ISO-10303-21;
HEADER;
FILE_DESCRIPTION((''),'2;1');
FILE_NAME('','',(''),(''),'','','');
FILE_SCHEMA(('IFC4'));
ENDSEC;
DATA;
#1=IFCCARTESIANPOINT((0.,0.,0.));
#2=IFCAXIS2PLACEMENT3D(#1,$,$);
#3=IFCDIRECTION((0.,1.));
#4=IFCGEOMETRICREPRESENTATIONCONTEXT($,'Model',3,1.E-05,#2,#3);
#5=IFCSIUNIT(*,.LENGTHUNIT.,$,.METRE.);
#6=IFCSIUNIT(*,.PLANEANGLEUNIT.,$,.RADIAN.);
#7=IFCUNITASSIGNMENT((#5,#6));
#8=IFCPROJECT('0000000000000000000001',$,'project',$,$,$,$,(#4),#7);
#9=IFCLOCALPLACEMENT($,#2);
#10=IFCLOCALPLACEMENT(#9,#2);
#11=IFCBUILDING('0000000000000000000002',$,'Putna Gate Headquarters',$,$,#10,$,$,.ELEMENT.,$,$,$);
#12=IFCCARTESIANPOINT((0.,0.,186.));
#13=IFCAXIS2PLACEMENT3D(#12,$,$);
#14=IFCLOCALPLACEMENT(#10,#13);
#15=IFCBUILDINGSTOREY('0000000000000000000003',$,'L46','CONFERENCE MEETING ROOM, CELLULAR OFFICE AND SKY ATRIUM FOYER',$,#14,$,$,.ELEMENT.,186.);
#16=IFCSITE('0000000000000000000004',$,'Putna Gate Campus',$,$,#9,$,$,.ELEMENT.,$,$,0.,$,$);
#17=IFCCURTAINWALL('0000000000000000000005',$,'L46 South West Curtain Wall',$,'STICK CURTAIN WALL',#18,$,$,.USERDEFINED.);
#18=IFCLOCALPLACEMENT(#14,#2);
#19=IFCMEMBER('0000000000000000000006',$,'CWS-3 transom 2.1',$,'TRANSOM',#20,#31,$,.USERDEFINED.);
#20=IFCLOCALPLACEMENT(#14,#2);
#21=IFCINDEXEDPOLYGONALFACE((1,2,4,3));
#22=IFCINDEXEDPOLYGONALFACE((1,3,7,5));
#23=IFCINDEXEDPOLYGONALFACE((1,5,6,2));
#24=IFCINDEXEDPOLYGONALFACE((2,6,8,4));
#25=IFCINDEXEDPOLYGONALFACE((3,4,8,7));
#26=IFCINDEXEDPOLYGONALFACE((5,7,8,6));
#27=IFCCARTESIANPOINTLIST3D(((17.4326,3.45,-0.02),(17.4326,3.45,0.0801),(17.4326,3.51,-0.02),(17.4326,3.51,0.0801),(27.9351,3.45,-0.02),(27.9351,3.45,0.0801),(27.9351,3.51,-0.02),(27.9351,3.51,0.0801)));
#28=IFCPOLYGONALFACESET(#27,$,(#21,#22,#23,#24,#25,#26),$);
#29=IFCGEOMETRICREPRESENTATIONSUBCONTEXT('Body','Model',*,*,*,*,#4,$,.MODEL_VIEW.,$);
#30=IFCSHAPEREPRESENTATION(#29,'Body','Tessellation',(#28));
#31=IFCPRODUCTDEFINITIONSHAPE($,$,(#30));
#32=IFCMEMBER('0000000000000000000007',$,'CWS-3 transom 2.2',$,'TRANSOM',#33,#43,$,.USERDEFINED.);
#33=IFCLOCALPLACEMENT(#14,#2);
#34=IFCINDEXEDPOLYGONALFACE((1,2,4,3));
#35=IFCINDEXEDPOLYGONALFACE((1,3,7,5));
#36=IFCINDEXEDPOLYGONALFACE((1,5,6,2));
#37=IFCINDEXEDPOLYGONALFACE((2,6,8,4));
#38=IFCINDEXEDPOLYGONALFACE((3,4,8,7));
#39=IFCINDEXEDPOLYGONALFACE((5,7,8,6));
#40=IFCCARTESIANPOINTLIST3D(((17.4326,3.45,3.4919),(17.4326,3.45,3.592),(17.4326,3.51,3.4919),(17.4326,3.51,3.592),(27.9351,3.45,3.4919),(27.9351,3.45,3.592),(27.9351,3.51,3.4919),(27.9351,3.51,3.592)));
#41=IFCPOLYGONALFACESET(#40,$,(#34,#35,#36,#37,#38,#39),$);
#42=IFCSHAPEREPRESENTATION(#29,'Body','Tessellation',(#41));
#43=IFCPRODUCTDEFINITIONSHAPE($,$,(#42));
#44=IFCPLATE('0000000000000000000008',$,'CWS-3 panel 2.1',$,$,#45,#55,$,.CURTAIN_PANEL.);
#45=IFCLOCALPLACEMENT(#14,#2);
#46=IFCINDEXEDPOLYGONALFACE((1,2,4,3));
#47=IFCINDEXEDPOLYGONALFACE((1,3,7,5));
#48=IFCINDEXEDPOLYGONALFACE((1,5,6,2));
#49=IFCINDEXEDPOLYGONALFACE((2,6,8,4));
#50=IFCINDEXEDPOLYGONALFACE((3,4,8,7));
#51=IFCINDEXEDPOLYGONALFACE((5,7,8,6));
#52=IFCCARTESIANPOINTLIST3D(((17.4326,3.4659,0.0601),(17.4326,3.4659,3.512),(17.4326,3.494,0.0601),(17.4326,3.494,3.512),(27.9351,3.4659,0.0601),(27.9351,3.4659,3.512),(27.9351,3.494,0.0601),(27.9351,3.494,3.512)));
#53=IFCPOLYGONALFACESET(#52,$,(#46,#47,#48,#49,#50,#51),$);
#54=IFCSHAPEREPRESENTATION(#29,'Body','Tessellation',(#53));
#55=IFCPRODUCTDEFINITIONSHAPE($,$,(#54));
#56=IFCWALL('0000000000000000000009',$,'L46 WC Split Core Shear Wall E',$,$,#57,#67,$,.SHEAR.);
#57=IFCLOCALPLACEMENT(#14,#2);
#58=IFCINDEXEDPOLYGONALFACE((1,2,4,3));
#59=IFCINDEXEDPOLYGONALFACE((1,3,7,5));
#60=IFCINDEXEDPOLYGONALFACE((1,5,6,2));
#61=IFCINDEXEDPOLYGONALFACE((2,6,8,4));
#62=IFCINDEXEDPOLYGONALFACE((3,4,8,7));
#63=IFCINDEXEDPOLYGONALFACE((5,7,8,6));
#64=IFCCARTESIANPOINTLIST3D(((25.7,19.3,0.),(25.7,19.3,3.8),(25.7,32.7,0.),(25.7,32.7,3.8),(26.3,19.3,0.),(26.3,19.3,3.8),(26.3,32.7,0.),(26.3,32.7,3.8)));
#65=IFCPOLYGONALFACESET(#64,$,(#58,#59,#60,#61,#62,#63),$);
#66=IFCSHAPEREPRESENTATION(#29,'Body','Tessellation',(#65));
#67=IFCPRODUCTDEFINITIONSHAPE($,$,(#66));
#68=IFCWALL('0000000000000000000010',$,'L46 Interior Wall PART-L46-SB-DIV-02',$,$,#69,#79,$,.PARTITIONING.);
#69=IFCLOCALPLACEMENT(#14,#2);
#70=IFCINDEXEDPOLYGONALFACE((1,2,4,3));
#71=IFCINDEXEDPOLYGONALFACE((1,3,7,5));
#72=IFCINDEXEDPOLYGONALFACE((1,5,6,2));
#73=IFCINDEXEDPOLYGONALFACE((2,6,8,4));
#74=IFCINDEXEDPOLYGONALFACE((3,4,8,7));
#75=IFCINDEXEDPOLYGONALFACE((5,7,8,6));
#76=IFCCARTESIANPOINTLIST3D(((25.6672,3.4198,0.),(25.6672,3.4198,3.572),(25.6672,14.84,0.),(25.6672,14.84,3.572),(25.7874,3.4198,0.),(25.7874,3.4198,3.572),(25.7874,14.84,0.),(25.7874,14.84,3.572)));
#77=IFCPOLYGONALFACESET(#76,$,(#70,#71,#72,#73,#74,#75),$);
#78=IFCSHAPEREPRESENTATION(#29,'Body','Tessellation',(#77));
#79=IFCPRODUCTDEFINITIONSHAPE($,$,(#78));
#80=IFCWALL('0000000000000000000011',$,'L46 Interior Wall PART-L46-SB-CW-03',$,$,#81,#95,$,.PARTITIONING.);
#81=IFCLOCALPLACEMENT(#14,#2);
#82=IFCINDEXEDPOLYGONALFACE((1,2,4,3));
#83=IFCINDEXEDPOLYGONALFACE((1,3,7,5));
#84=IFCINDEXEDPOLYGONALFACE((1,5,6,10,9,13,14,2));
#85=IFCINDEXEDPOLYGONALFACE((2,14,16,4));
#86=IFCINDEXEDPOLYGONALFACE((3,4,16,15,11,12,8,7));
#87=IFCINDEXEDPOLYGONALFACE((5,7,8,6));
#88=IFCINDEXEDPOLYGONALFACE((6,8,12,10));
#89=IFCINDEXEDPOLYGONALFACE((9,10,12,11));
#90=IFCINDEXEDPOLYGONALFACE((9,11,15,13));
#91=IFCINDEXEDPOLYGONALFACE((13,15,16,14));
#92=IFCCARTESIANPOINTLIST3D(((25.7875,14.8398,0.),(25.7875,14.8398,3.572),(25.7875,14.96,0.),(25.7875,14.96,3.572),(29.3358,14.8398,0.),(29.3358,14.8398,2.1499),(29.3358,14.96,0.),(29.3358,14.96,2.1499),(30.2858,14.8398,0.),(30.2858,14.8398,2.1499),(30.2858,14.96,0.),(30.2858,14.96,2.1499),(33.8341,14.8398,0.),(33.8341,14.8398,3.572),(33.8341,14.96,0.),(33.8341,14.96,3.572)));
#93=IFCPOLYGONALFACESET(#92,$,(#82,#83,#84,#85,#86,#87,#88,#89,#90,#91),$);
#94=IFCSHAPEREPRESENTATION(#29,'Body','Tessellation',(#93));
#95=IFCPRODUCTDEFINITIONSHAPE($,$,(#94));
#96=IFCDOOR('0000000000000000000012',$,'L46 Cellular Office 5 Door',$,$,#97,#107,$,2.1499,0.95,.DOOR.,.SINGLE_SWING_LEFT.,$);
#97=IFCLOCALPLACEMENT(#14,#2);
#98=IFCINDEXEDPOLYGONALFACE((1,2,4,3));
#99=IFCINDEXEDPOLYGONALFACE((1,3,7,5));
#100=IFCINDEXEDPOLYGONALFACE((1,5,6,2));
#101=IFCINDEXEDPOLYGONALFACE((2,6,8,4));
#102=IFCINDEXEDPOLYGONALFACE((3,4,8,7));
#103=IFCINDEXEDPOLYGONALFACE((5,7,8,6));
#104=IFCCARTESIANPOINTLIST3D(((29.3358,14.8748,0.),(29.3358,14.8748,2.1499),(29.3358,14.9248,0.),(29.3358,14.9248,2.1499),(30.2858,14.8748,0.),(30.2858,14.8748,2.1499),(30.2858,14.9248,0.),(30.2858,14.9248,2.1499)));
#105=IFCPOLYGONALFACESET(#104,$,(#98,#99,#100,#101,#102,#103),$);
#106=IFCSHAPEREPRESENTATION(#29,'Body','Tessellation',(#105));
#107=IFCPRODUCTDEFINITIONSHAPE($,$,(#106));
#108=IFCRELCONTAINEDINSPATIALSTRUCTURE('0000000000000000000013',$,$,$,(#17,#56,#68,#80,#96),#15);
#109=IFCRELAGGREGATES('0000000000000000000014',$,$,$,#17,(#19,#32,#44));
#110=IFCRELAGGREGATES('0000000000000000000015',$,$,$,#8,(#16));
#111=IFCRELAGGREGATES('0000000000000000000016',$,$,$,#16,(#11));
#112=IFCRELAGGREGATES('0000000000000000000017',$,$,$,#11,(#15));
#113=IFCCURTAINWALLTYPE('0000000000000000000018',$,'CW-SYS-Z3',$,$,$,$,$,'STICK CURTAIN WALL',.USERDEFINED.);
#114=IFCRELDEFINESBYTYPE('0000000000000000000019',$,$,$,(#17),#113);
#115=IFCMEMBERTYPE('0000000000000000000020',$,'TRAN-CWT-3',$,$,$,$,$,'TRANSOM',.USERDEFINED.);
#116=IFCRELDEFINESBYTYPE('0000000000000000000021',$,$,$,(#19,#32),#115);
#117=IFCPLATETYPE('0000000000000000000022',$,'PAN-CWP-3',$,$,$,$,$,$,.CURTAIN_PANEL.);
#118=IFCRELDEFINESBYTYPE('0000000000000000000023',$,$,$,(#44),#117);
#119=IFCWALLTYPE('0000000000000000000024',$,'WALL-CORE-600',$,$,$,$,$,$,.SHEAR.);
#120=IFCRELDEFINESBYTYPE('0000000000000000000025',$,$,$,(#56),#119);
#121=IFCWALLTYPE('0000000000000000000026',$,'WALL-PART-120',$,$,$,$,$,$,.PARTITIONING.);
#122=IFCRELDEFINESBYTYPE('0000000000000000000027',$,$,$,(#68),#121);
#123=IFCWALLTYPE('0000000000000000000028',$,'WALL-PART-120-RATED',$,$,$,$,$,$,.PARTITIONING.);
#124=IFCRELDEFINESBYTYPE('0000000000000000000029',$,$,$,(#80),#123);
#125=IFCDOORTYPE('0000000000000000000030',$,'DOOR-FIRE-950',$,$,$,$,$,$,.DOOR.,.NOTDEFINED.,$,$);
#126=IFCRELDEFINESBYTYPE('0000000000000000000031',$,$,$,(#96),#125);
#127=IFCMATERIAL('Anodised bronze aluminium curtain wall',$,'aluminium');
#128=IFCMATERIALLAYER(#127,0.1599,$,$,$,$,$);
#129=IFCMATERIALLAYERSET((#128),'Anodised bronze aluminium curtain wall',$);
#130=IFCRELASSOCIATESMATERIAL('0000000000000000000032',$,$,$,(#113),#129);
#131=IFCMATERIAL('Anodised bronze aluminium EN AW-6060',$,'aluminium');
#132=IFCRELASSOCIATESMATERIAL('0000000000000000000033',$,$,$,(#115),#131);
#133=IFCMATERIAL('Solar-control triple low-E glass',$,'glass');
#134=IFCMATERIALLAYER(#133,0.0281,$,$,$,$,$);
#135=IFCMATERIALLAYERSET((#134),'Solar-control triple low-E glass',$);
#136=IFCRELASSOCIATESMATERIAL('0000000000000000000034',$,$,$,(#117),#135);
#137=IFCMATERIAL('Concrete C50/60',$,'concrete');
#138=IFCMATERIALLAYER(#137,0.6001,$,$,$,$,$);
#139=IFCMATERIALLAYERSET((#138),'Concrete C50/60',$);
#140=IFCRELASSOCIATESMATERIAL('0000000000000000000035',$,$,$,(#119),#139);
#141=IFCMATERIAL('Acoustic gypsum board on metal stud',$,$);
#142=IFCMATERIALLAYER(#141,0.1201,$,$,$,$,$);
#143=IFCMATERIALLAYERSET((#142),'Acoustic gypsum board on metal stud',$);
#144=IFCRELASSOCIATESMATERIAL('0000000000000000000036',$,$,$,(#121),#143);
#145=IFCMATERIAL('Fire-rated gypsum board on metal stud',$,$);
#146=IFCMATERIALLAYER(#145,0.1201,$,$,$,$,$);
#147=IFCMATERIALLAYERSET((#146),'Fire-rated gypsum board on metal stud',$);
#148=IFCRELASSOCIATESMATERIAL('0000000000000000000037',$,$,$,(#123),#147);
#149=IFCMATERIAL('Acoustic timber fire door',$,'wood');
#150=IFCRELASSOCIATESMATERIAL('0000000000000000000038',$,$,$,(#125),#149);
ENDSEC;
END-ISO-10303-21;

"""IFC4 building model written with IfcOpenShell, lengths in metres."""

from ifc_helpers import new_model, si_unit, direction, frame, frame_2d, origin, origin_2d, place, context, subcontext, project, spatial, rectangle, extrude, material, layer, layer_set, material_profile, profile_set, type_object, element, fill, aggregate, save


model = new_model("IFC4")

# Units and contexts
model_context = context("Model", 3, precision=1e-05, world=origin(), true_north=direction((0.0, 1.0)))
body_context = subcontext(model_context, "Body", "Model", "MODEL_VIEW")
ifc_project = project(units=[si_unit("LENGTHUNIT", "METRE"), si_unit("PLANEANGLEUNIT", "RADIAN")], contexts=[model_context])

# Site, building, storey
site_placement = place(None, origin())
site = spatial("IfcSite", under=ifc_project, at=site_placement, Name="Putna Gate Campus", CompositionType="ELEMENT", RefElevation=0.0)
building_placement = place(site_placement, origin())
building = spatial("IfcBuilding", under=site, at=building_placement, Name="Putna Gate Headquarters", CompositionType="ELEMENT")
storey_placement = place(building_placement, frame((0.0, 0.0, 186.0)))
storey = spatial("IfcBuildingStorey", under=building, at=storey_placement, Name="L46", Description="CONFERENCE MEETING ROOM, CELLULAR OFFICE AND SKY ATRIUM FOYER", CompositionType="ELEMENT", Elevation=186.0)

# Shared definitions
ifc_material_1 = material(Name="Concrete C50/60", Category="concrete")

# Curtain wall, members, plate
ifc_material_2 = material(Name="Anodised bronze aluminium curtain wall", Category="aluminium")
ifc_layer_1 = layer(ifc_material_2, 0.1599)
ifc_layer_set_1 = layer_set([ifc_layer_1], Name="Anodised bronze aluminium curtain wall")
curtain_wall_type = type_object("IfcCurtainWallType", Name="CW-SYS-Z3", ElementType="STICK CURTAIN WALL", PredefinedType="USERDEFINED", material=ifc_layer_set_1)
curtain_wall_placement = place(storey_placement, origin())
curtain_wall = element("IfcCurtainWall", 1, at=curtain_wall_placement, inside=storey, type_object=curtain_wall_type, Name="L46 South West Curtain Wall", ObjectType="STICK CURTAIN WALL", PredefinedType="USERDEFINED")
ifc_material_3 = material(Name="Anodised bronze aluminium EN AW-6060", Category="aluminium")
ifc_material_profile_1 = material_profile(ifc_material_3, rectangle(XDim=0.0601, YDim=0.1001, at=origin_2d()), Name="Anodised bronze aluminium EN AW-6060")
ifc_profile_set_1 = profile_set([ifc_material_profile_1], Name="Anodised bronze aluminium EN AW-6060")
member_type_1 = type_object("IfcMemberType", Name="TRAN-CWT-3", ElementType="TRANSOM", PredefinedType="USERDEFINED", material=ifc_profile_set_1)
member_1_placement = place(storey_placement, frame((17.4326, 3.48, 0.03), z_axis=(1.0, 0.0, 0.0), x_axis=(0.0, 1.0, 0.0)))
member_1 = element("IfcMember", 2, at=member_1_placement, type_object=member_type_1, Name="CWS-3 transom 2.1", ObjectType="TRANSOM", PredefinedType="USERDEFINED", context=body_context, shape_type="SweptSolid", body=[
    extrude(rectangle(XDim=0.0601, YDim=0.1001, at=origin_2d()), origin(), (0.0, 0.0, 1.0), 10.5024),
])
member_2_placement = place(storey_placement, frame((17.4326, 3.48, 3.542), z_axis=(1.0, 0.0, 0.0), x_axis=(0.0, 1.0, 0.0)))
member_2 = element("IfcMember", 3, at=member_2_placement, type_object=member_type_1, Name="CWS-3 transom 2.2", ObjectType="TRANSOM", PredefinedType="USERDEFINED", context=body_context, shape_type="SweptSolid", body=[
    extrude(rectangle(XDim=0.0601, YDim=0.1001, at=origin_2d()), origin(), (0.0, 0.0, 1.0), 10.5024),
])
ifc_material_4 = material(Name="Solar-control triple low-E glass", Category="glass")
ifc_layer_2 = layer(ifc_material_4, 0.0281)
ifc_layer_set_2 = layer_set([ifc_layer_2], Name="Solar-control triple low-E glass")
plate_type = type_object("IfcPlateType", Name="PAN-CWP-3", PredefinedType="CURTAIN_PANEL", material=ifc_layer_set_2)
plate_placement = place(storey_placement, frame((22.6838, 3.48, 0.0601), z_axis=(0.0, 0.0, 1.0), x_axis=(1.0, 0.0, 0.0)))
plate = element("IfcPlate", 4, at=plate_placement, type_object=plate_type, Name="CWS-3 panel 2.1", PredefinedType="CURTAIN_PANEL", context=body_context, shape_type="SweptSolid", body=[
    extrude(rectangle(XDim=10.5024, YDim=0.0281, at=origin_2d()), origin(), (0.0, 0.0, 1.0), 3.4519),
])
aggregate(curtain_wall, [member_1, member_2, plate])

# Walls
ifc_layer_3 = layer(ifc_material_1, 0.6001)
ifc_layer_set_3 = layer_set([ifc_layer_3], Name="Concrete C50/60")
wall_type_1 = type_object("IfcWallType", Name="WALL-CORE-600", PredefinedType="SHEAR", material=ifc_layer_set_3)
wall_1_placement = place(storey_placement, frame((26.0, 19.3, 0.0), z_axis=(0.0, 0.0, 1.0), x_axis=(0.0, 1.0, 0.0)))
element("IfcWall", 5, at=wall_1_placement, inside=storey, type_object=wall_type_1, Name="L46 WC Split Core Shear Wall E", PredefinedType="SHEAR", context=body_context, shape_type="SweptSolid", body=[
    extrude(rectangle(XDim=13.3999, YDim=0.6001, at=frame_2d((6.7, 0.0))), origin(), (0.0, 0.0, 1.0), 3.8),
])
ifc_material_5 = material(Name="Acoustic gypsum board on metal stud")
ifc_layer_4 = layer(ifc_material_5, 0.1201)
ifc_layer_set_4 = layer_set([ifc_layer_4], Name="Acoustic gypsum board on metal stud")
wall_type_2 = type_object("IfcWallType", Name="WALL-PART-120", PredefinedType="PARTITIONING", material=ifc_layer_set_4)
wall_2_placement = place(storey_placement, frame((25.7273, 3.4199, 0.0), z_axis=(0.0, 0.0, 1.0), x_axis=(0.0, 1.0, 0.0)))
element("IfcWall", 6, at=wall_2_placement, inside=storey, type_object=wall_type_2, Name="L46 Interior Wall PART-L46-SB-DIV-02", PredefinedType="PARTITIONING", context=body_context, shape_type="SweptSolid", body=[
    extrude(rectangle(XDim=11.4202, YDim=0.1201, at=frame_2d((5.71, 0.0))), origin(), (0.0, 0.0, 1.0), 3.572),
])

# Wall, opening, door
ifc_material_6 = material(Name="Fire-rated gypsum board on metal stud")
ifc_layer_5 = layer(ifc_material_6, 0.1201)
ifc_layer_set_5 = layer_set([ifc_layer_5], Name="Fire-rated gypsum board on metal stud")
wall_type_3 = type_object("IfcWallType", Name="WALL-PART-120-RATED", PredefinedType="PARTITIONING", material=ifc_layer_set_5)
wall_3_placement = place(storey_placement, frame((25.7874, 14.8999, 0.0), z_axis=(0.0, 0.0, 1.0), x_axis=(1.0, 0.0, 0.0)))
wall_3 = element("IfcWall", 7, at=wall_3_placement, inside=storey, type_object=wall_type_3, Name="L46 Interior Wall PART-L46-SB-CW-03", PredefinedType="PARTITIONING", context=body_context, shape_type="SweptSolid", body=[
    extrude(rectangle(XDim=8.0466, YDim=0.1201, at=frame_2d((4.0234, 0.0))), origin(), (0.0, 0.0, 1.0), 3.572),
])
opening_1_placement = place(wall_3_placement, frame((3.5483, 0.0, 0.0)))
opening_1 = element("IfcOpeningElement", 8, at=opening_1_placement, cuts=wall_3, PredefinedType="OPENING", context=body_context, shape_type="SweptSolid", body=[
    extrude(rectangle(XDim=0.95, YDim=2.1499, at=frame_2d((0.4751, 1.075))), frame((0.0, 0.0701, 0.0), z_axis=(0.0, -1.0, 0.0), x_axis=(1.0, 0.0, 0.0)), (0.0, 0.0, 1.0), 0.1401),
])
ifc_material_7 = material(Name="Acoustic timber fire door", Category="wood")
door_type_1 = type_object("IfcDoorType", Name="DOOR-FIRE-950", OperationType="NOTDEFINED", PredefinedType="DOOR", material=ifc_material_7)
door_1_placement = place(opening_1_placement, origin())
door_1 = element("IfcDoor", 9, at=door_1_placement, inside=storey, type_object=door_type_1, Name="L46 Cellular Office 5 Door", OperationType="SINGLE_SWING_LEFT", OverallHeight=2.1499, OverallWidth=0.95, PredefinedType="DOOR", context=body_context, shape_type="SweptSolid", body=[
    extrude(rectangle(XDim=0.95, YDim=2.1499, at=frame_2d((0.4751, 1.075))), frame((0.0, 0.0249, 0.0), z_axis=(0.0, -1.0, 0.0), x_axis=(1.0, 0.0, 0.0)), (0.0, 0.0, 1.0), 0.05),
])
fill(opening_1, door_1)

save(model, "model.ifc")
